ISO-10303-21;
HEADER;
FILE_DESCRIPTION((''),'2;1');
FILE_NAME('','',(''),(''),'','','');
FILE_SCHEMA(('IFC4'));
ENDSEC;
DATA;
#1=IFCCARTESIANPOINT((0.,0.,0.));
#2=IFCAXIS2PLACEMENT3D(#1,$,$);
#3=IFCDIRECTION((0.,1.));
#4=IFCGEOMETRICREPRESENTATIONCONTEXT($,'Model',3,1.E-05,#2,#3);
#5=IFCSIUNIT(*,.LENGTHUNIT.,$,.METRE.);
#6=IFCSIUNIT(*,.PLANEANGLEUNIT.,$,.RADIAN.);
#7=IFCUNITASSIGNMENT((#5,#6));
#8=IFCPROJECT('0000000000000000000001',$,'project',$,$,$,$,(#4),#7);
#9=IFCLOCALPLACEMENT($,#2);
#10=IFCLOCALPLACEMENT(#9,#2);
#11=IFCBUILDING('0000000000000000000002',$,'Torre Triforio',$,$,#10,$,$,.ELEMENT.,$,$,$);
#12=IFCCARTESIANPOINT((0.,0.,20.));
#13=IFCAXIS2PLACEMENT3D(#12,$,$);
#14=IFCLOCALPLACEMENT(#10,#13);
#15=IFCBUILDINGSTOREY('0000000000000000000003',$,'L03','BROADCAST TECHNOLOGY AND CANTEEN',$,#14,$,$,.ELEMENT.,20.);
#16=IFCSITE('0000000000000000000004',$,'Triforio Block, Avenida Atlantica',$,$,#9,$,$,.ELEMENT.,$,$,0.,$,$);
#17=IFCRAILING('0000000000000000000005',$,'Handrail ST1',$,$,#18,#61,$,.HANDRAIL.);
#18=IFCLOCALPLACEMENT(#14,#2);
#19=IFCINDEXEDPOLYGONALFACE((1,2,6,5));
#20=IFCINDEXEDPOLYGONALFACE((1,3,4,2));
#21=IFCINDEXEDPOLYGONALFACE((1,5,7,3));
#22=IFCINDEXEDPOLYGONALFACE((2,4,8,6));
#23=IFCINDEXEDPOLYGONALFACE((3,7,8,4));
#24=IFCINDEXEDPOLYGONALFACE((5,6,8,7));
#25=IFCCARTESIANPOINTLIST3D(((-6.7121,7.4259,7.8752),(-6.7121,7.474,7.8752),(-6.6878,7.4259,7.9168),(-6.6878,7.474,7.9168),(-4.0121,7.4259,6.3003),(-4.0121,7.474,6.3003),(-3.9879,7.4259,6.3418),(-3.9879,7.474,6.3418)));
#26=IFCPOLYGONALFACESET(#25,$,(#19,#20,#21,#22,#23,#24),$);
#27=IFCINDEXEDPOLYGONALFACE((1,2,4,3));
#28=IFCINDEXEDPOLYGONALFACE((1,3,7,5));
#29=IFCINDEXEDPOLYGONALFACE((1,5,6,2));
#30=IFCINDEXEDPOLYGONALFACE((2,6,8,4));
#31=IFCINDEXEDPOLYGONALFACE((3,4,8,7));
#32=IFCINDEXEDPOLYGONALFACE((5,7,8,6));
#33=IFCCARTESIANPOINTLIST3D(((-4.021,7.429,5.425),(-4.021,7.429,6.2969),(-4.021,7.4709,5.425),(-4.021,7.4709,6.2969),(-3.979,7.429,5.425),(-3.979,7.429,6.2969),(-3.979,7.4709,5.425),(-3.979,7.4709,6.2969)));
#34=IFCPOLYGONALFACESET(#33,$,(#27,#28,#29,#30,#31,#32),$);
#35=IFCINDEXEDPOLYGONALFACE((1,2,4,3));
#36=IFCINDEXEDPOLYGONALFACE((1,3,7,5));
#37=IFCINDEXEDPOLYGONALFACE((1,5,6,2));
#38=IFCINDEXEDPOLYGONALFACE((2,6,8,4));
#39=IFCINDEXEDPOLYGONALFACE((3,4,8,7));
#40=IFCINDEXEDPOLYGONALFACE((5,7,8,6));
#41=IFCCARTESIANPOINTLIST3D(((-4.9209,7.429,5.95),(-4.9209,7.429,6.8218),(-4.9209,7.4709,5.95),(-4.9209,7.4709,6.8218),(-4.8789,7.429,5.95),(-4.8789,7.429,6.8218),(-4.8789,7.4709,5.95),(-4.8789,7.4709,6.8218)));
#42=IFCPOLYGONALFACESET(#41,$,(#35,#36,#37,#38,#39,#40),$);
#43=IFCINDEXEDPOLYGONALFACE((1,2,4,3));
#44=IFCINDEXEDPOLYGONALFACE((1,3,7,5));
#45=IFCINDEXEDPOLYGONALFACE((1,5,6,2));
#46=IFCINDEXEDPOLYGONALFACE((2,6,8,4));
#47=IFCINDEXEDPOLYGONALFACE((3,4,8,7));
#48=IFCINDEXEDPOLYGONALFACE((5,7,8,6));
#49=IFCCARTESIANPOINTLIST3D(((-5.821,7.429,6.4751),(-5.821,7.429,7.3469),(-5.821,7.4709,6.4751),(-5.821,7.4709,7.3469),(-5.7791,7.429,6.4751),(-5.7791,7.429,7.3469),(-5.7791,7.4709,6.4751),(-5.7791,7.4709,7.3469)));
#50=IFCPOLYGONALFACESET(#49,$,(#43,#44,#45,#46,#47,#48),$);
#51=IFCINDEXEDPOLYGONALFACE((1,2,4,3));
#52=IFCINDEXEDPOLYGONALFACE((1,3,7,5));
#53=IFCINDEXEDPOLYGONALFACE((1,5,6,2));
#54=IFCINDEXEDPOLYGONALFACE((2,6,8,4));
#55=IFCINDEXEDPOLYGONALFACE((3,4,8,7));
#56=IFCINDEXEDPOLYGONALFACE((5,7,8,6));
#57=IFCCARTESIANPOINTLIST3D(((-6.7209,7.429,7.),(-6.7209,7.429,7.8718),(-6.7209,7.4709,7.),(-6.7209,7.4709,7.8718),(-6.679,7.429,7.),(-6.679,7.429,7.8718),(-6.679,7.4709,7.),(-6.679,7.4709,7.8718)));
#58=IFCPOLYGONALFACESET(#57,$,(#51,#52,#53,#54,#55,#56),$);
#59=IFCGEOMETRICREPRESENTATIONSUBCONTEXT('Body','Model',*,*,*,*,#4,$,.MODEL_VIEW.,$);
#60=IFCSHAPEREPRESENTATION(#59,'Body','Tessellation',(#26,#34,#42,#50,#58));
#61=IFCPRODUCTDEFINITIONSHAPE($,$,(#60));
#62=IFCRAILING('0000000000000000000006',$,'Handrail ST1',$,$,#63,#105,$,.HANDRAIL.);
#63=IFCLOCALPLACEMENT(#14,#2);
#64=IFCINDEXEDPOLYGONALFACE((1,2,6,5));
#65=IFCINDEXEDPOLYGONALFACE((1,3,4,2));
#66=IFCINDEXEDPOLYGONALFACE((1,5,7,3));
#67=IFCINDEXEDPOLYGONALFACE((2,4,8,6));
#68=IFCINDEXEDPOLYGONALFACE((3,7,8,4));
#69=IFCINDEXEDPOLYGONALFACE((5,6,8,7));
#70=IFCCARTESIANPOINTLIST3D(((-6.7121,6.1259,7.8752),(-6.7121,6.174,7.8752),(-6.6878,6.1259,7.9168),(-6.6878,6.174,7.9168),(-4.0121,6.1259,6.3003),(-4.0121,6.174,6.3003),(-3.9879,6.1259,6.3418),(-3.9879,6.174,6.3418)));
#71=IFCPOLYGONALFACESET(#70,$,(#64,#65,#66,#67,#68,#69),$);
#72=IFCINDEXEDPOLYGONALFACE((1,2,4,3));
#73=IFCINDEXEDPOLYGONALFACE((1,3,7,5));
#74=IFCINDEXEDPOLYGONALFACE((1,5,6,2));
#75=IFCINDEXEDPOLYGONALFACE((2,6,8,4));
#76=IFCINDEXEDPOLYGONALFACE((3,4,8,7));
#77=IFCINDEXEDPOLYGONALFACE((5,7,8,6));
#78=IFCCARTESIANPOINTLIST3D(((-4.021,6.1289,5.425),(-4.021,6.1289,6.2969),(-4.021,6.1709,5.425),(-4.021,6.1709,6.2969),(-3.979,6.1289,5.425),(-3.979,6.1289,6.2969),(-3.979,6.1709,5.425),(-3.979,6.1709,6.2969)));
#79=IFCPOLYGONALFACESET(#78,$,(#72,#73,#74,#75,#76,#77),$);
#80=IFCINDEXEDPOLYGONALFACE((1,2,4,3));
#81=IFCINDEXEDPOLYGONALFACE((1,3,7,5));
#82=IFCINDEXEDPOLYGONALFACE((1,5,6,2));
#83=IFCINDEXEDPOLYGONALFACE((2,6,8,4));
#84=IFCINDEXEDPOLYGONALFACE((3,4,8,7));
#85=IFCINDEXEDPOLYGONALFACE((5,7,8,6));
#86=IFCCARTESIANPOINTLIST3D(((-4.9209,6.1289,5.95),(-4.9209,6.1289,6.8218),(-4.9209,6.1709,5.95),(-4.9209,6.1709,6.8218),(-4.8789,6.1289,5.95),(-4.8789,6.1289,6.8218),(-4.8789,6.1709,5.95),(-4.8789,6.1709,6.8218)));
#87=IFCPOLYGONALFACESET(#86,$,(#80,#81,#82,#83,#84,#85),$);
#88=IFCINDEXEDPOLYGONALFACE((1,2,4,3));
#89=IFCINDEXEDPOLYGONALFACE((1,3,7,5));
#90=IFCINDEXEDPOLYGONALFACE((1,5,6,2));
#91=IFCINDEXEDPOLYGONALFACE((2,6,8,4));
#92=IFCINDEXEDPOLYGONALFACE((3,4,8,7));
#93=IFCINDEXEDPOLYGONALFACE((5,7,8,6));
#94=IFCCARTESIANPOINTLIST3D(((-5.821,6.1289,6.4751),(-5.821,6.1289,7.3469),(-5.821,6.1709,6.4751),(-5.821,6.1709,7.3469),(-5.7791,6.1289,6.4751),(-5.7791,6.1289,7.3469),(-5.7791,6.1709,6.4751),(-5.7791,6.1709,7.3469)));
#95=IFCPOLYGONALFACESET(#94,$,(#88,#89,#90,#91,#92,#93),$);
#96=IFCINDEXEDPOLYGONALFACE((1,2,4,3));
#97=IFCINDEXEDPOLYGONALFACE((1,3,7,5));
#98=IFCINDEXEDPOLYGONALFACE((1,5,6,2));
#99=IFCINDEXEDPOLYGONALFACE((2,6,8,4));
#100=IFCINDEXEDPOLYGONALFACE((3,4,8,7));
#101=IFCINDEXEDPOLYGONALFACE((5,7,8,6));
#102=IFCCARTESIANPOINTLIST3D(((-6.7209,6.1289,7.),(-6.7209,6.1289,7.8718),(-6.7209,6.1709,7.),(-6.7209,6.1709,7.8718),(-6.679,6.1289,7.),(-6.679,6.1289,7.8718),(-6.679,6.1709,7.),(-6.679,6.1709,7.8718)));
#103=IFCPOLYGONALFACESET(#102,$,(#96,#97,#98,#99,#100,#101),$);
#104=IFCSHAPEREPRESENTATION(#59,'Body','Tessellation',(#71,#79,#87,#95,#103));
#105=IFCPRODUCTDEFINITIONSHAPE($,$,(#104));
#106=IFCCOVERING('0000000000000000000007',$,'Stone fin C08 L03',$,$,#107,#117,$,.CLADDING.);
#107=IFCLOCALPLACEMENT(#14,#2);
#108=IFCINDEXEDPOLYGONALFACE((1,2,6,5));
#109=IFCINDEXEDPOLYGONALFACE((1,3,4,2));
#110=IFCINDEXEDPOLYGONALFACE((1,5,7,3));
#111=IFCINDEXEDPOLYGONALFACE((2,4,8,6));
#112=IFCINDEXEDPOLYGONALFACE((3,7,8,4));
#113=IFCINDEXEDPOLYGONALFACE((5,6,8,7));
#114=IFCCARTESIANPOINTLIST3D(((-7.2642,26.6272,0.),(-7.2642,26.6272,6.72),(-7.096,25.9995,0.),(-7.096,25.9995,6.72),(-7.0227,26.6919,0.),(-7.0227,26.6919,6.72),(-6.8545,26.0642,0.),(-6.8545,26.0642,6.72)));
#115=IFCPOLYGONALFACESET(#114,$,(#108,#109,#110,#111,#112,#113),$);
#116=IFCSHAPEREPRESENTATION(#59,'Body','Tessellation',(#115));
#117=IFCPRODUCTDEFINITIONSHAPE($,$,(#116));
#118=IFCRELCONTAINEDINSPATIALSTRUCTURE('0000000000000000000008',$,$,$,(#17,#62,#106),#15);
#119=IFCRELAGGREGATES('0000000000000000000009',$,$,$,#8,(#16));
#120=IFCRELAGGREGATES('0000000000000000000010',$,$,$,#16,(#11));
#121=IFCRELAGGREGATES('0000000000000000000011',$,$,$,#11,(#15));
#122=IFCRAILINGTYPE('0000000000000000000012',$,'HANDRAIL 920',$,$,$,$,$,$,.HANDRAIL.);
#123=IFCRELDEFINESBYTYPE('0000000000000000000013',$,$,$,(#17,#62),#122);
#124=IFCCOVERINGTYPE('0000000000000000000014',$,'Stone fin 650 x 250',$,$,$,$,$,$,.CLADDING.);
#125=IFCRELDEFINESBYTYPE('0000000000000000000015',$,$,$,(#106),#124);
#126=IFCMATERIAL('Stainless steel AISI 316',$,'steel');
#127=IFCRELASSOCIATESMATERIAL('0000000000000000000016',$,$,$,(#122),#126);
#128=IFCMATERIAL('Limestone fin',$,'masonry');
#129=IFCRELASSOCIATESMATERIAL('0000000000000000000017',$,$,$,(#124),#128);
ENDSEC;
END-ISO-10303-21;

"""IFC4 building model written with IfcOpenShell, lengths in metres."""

from ifc_helpers import new_model, si_unit, direction, frame, origin, origin_2d, place, context, subcontext, project, spatial, rectangle, extrude, material, material_profile, profile_set, type_object, element, save


model = new_model("IFC4")

# Units and contexts
model_context = context("Model", 3, precision=1e-05, world=origin(), true_north=direction((0.0, 1.0)))
body_context = subcontext(model_context, "Body", "Model", "MODEL_VIEW")
ifc_project = project(units=[si_unit("LENGTHUNIT", "METRE"), si_unit("PLANEANGLEUNIT", "RADIAN")], contexts=[model_context])

# Site, building, storey
site_placement = place(None, origin())
site = spatial("IfcSite", under=ifc_project, at=site_placement, Name="Triforio Block, Avenida Atlantica", CompositionType="ELEMENT", RefElevation=0.0)
building_placement = place(site_placement, origin())
building = spatial("IfcBuilding", under=site, at=building_placement, Name="Torre Triforio", CompositionType="ELEMENT")
storey_placement = place(building_placement, frame((0.0, 0.0, 20.0)))
storey = spatial("IfcBuildingStorey", under=building, at=storey_placement, Name="L03", Description="BROADCAST TECHNOLOGY AND CANTEEN", CompositionType="ELEMENT", Elevation=20.0)

# Railings
ifc_material_1 = material(Name="Stainless steel AISI 316", Category="steel")
railing_type = type_object("IfcRailingType", Name="HANDRAIL 920", PredefinedType="HANDRAIL", material=ifc_material_1)
for number, where, name in (
    (1, (-4.0, 7.45, 5.425), "Handrail ST1"),
    (2, (-4.0, 6.1499, 5.425), "Handrail ST1"),
):
    element("IfcRailing", number, at=place(storey_placement, frame(where)), inside=storey, type_object=railing_type, Name=name, PredefinedType="HANDRAIL", context=body_context, shape_type="SweptSolid", body=[
        extrude(rectangle(XDim=0.0481, YDim=0.0481, at=origin_2d()), frame((0.0, 0.0, 0.896), z_axis=(-0.863782, 0.0, 0.503866), x_axis=(0.0, -1.0, 0.0)), (0.0, 0.0, 1.0), 3.1257),
        extrude(rectangle(XDim=0.042, YDim=0.042, at=origin_2d()), origin(), (0.0, 0.0, 1.0), 0.8718),
        extrude(rectangle(XDim=0.042, YDim=0.042, at=origin_2d()), frame((-0.8999, 0.0, 0.5249)), (0.0, 0.0, 1.0), 0.8718),
        extrude(rectangle(XDim=0.042, YDim=0.042, at=origin_2d()), frame((-1.8, 0.0, 1.05)), (0.0, 0.0, 1.0), 0.8718),
        extrude(rectangle(XDim=0.042, YDim=0.042, at=origin_2d()), frame((-2.7, 0.0, 1.575)), (0.0, 0.0, 1.0), 0.8718),
    ])

# Covering
ifc_material_2 = material(Name="Limestone fin", Category="masonry")
ifc_material_profile_1 = material_profile(ifc_material_2, rectangle(XDim=0.6499, YDim=0.25, at=origin_2d()), Name="FIN 650x250")
ifc_profile_set_1 = profile_set([ifc_material_profile_1], Name="Limestone fin")
covering_type = type_object("IfcCoveringType", Name="Stone fin 650 x 250", PredefinedType="CLADDING", material=ifc_profile_set_1)
covering_placement = place(storey_placement, frame((-7.0593, 26.3457, 0.0), z_axis=(0.0, 0.0, 1.0), x_axis=(-0.258819, 0.965926, 0.0)))
element("IfcCovering", 3, at=covering_placement, inside=storey, type_object=covering_type, Name="Stone fin C08 L03", PredefinedType="CLADDING", context=body_context, shape_type="SweptSolid", body=[
    extrude(rectangle(XDim=0.6499, YDim=0.25, at=origin_2d()), origin(), (0.0, 0.0, 1.0), 6.72),
])

save(model, "model.ifc")
